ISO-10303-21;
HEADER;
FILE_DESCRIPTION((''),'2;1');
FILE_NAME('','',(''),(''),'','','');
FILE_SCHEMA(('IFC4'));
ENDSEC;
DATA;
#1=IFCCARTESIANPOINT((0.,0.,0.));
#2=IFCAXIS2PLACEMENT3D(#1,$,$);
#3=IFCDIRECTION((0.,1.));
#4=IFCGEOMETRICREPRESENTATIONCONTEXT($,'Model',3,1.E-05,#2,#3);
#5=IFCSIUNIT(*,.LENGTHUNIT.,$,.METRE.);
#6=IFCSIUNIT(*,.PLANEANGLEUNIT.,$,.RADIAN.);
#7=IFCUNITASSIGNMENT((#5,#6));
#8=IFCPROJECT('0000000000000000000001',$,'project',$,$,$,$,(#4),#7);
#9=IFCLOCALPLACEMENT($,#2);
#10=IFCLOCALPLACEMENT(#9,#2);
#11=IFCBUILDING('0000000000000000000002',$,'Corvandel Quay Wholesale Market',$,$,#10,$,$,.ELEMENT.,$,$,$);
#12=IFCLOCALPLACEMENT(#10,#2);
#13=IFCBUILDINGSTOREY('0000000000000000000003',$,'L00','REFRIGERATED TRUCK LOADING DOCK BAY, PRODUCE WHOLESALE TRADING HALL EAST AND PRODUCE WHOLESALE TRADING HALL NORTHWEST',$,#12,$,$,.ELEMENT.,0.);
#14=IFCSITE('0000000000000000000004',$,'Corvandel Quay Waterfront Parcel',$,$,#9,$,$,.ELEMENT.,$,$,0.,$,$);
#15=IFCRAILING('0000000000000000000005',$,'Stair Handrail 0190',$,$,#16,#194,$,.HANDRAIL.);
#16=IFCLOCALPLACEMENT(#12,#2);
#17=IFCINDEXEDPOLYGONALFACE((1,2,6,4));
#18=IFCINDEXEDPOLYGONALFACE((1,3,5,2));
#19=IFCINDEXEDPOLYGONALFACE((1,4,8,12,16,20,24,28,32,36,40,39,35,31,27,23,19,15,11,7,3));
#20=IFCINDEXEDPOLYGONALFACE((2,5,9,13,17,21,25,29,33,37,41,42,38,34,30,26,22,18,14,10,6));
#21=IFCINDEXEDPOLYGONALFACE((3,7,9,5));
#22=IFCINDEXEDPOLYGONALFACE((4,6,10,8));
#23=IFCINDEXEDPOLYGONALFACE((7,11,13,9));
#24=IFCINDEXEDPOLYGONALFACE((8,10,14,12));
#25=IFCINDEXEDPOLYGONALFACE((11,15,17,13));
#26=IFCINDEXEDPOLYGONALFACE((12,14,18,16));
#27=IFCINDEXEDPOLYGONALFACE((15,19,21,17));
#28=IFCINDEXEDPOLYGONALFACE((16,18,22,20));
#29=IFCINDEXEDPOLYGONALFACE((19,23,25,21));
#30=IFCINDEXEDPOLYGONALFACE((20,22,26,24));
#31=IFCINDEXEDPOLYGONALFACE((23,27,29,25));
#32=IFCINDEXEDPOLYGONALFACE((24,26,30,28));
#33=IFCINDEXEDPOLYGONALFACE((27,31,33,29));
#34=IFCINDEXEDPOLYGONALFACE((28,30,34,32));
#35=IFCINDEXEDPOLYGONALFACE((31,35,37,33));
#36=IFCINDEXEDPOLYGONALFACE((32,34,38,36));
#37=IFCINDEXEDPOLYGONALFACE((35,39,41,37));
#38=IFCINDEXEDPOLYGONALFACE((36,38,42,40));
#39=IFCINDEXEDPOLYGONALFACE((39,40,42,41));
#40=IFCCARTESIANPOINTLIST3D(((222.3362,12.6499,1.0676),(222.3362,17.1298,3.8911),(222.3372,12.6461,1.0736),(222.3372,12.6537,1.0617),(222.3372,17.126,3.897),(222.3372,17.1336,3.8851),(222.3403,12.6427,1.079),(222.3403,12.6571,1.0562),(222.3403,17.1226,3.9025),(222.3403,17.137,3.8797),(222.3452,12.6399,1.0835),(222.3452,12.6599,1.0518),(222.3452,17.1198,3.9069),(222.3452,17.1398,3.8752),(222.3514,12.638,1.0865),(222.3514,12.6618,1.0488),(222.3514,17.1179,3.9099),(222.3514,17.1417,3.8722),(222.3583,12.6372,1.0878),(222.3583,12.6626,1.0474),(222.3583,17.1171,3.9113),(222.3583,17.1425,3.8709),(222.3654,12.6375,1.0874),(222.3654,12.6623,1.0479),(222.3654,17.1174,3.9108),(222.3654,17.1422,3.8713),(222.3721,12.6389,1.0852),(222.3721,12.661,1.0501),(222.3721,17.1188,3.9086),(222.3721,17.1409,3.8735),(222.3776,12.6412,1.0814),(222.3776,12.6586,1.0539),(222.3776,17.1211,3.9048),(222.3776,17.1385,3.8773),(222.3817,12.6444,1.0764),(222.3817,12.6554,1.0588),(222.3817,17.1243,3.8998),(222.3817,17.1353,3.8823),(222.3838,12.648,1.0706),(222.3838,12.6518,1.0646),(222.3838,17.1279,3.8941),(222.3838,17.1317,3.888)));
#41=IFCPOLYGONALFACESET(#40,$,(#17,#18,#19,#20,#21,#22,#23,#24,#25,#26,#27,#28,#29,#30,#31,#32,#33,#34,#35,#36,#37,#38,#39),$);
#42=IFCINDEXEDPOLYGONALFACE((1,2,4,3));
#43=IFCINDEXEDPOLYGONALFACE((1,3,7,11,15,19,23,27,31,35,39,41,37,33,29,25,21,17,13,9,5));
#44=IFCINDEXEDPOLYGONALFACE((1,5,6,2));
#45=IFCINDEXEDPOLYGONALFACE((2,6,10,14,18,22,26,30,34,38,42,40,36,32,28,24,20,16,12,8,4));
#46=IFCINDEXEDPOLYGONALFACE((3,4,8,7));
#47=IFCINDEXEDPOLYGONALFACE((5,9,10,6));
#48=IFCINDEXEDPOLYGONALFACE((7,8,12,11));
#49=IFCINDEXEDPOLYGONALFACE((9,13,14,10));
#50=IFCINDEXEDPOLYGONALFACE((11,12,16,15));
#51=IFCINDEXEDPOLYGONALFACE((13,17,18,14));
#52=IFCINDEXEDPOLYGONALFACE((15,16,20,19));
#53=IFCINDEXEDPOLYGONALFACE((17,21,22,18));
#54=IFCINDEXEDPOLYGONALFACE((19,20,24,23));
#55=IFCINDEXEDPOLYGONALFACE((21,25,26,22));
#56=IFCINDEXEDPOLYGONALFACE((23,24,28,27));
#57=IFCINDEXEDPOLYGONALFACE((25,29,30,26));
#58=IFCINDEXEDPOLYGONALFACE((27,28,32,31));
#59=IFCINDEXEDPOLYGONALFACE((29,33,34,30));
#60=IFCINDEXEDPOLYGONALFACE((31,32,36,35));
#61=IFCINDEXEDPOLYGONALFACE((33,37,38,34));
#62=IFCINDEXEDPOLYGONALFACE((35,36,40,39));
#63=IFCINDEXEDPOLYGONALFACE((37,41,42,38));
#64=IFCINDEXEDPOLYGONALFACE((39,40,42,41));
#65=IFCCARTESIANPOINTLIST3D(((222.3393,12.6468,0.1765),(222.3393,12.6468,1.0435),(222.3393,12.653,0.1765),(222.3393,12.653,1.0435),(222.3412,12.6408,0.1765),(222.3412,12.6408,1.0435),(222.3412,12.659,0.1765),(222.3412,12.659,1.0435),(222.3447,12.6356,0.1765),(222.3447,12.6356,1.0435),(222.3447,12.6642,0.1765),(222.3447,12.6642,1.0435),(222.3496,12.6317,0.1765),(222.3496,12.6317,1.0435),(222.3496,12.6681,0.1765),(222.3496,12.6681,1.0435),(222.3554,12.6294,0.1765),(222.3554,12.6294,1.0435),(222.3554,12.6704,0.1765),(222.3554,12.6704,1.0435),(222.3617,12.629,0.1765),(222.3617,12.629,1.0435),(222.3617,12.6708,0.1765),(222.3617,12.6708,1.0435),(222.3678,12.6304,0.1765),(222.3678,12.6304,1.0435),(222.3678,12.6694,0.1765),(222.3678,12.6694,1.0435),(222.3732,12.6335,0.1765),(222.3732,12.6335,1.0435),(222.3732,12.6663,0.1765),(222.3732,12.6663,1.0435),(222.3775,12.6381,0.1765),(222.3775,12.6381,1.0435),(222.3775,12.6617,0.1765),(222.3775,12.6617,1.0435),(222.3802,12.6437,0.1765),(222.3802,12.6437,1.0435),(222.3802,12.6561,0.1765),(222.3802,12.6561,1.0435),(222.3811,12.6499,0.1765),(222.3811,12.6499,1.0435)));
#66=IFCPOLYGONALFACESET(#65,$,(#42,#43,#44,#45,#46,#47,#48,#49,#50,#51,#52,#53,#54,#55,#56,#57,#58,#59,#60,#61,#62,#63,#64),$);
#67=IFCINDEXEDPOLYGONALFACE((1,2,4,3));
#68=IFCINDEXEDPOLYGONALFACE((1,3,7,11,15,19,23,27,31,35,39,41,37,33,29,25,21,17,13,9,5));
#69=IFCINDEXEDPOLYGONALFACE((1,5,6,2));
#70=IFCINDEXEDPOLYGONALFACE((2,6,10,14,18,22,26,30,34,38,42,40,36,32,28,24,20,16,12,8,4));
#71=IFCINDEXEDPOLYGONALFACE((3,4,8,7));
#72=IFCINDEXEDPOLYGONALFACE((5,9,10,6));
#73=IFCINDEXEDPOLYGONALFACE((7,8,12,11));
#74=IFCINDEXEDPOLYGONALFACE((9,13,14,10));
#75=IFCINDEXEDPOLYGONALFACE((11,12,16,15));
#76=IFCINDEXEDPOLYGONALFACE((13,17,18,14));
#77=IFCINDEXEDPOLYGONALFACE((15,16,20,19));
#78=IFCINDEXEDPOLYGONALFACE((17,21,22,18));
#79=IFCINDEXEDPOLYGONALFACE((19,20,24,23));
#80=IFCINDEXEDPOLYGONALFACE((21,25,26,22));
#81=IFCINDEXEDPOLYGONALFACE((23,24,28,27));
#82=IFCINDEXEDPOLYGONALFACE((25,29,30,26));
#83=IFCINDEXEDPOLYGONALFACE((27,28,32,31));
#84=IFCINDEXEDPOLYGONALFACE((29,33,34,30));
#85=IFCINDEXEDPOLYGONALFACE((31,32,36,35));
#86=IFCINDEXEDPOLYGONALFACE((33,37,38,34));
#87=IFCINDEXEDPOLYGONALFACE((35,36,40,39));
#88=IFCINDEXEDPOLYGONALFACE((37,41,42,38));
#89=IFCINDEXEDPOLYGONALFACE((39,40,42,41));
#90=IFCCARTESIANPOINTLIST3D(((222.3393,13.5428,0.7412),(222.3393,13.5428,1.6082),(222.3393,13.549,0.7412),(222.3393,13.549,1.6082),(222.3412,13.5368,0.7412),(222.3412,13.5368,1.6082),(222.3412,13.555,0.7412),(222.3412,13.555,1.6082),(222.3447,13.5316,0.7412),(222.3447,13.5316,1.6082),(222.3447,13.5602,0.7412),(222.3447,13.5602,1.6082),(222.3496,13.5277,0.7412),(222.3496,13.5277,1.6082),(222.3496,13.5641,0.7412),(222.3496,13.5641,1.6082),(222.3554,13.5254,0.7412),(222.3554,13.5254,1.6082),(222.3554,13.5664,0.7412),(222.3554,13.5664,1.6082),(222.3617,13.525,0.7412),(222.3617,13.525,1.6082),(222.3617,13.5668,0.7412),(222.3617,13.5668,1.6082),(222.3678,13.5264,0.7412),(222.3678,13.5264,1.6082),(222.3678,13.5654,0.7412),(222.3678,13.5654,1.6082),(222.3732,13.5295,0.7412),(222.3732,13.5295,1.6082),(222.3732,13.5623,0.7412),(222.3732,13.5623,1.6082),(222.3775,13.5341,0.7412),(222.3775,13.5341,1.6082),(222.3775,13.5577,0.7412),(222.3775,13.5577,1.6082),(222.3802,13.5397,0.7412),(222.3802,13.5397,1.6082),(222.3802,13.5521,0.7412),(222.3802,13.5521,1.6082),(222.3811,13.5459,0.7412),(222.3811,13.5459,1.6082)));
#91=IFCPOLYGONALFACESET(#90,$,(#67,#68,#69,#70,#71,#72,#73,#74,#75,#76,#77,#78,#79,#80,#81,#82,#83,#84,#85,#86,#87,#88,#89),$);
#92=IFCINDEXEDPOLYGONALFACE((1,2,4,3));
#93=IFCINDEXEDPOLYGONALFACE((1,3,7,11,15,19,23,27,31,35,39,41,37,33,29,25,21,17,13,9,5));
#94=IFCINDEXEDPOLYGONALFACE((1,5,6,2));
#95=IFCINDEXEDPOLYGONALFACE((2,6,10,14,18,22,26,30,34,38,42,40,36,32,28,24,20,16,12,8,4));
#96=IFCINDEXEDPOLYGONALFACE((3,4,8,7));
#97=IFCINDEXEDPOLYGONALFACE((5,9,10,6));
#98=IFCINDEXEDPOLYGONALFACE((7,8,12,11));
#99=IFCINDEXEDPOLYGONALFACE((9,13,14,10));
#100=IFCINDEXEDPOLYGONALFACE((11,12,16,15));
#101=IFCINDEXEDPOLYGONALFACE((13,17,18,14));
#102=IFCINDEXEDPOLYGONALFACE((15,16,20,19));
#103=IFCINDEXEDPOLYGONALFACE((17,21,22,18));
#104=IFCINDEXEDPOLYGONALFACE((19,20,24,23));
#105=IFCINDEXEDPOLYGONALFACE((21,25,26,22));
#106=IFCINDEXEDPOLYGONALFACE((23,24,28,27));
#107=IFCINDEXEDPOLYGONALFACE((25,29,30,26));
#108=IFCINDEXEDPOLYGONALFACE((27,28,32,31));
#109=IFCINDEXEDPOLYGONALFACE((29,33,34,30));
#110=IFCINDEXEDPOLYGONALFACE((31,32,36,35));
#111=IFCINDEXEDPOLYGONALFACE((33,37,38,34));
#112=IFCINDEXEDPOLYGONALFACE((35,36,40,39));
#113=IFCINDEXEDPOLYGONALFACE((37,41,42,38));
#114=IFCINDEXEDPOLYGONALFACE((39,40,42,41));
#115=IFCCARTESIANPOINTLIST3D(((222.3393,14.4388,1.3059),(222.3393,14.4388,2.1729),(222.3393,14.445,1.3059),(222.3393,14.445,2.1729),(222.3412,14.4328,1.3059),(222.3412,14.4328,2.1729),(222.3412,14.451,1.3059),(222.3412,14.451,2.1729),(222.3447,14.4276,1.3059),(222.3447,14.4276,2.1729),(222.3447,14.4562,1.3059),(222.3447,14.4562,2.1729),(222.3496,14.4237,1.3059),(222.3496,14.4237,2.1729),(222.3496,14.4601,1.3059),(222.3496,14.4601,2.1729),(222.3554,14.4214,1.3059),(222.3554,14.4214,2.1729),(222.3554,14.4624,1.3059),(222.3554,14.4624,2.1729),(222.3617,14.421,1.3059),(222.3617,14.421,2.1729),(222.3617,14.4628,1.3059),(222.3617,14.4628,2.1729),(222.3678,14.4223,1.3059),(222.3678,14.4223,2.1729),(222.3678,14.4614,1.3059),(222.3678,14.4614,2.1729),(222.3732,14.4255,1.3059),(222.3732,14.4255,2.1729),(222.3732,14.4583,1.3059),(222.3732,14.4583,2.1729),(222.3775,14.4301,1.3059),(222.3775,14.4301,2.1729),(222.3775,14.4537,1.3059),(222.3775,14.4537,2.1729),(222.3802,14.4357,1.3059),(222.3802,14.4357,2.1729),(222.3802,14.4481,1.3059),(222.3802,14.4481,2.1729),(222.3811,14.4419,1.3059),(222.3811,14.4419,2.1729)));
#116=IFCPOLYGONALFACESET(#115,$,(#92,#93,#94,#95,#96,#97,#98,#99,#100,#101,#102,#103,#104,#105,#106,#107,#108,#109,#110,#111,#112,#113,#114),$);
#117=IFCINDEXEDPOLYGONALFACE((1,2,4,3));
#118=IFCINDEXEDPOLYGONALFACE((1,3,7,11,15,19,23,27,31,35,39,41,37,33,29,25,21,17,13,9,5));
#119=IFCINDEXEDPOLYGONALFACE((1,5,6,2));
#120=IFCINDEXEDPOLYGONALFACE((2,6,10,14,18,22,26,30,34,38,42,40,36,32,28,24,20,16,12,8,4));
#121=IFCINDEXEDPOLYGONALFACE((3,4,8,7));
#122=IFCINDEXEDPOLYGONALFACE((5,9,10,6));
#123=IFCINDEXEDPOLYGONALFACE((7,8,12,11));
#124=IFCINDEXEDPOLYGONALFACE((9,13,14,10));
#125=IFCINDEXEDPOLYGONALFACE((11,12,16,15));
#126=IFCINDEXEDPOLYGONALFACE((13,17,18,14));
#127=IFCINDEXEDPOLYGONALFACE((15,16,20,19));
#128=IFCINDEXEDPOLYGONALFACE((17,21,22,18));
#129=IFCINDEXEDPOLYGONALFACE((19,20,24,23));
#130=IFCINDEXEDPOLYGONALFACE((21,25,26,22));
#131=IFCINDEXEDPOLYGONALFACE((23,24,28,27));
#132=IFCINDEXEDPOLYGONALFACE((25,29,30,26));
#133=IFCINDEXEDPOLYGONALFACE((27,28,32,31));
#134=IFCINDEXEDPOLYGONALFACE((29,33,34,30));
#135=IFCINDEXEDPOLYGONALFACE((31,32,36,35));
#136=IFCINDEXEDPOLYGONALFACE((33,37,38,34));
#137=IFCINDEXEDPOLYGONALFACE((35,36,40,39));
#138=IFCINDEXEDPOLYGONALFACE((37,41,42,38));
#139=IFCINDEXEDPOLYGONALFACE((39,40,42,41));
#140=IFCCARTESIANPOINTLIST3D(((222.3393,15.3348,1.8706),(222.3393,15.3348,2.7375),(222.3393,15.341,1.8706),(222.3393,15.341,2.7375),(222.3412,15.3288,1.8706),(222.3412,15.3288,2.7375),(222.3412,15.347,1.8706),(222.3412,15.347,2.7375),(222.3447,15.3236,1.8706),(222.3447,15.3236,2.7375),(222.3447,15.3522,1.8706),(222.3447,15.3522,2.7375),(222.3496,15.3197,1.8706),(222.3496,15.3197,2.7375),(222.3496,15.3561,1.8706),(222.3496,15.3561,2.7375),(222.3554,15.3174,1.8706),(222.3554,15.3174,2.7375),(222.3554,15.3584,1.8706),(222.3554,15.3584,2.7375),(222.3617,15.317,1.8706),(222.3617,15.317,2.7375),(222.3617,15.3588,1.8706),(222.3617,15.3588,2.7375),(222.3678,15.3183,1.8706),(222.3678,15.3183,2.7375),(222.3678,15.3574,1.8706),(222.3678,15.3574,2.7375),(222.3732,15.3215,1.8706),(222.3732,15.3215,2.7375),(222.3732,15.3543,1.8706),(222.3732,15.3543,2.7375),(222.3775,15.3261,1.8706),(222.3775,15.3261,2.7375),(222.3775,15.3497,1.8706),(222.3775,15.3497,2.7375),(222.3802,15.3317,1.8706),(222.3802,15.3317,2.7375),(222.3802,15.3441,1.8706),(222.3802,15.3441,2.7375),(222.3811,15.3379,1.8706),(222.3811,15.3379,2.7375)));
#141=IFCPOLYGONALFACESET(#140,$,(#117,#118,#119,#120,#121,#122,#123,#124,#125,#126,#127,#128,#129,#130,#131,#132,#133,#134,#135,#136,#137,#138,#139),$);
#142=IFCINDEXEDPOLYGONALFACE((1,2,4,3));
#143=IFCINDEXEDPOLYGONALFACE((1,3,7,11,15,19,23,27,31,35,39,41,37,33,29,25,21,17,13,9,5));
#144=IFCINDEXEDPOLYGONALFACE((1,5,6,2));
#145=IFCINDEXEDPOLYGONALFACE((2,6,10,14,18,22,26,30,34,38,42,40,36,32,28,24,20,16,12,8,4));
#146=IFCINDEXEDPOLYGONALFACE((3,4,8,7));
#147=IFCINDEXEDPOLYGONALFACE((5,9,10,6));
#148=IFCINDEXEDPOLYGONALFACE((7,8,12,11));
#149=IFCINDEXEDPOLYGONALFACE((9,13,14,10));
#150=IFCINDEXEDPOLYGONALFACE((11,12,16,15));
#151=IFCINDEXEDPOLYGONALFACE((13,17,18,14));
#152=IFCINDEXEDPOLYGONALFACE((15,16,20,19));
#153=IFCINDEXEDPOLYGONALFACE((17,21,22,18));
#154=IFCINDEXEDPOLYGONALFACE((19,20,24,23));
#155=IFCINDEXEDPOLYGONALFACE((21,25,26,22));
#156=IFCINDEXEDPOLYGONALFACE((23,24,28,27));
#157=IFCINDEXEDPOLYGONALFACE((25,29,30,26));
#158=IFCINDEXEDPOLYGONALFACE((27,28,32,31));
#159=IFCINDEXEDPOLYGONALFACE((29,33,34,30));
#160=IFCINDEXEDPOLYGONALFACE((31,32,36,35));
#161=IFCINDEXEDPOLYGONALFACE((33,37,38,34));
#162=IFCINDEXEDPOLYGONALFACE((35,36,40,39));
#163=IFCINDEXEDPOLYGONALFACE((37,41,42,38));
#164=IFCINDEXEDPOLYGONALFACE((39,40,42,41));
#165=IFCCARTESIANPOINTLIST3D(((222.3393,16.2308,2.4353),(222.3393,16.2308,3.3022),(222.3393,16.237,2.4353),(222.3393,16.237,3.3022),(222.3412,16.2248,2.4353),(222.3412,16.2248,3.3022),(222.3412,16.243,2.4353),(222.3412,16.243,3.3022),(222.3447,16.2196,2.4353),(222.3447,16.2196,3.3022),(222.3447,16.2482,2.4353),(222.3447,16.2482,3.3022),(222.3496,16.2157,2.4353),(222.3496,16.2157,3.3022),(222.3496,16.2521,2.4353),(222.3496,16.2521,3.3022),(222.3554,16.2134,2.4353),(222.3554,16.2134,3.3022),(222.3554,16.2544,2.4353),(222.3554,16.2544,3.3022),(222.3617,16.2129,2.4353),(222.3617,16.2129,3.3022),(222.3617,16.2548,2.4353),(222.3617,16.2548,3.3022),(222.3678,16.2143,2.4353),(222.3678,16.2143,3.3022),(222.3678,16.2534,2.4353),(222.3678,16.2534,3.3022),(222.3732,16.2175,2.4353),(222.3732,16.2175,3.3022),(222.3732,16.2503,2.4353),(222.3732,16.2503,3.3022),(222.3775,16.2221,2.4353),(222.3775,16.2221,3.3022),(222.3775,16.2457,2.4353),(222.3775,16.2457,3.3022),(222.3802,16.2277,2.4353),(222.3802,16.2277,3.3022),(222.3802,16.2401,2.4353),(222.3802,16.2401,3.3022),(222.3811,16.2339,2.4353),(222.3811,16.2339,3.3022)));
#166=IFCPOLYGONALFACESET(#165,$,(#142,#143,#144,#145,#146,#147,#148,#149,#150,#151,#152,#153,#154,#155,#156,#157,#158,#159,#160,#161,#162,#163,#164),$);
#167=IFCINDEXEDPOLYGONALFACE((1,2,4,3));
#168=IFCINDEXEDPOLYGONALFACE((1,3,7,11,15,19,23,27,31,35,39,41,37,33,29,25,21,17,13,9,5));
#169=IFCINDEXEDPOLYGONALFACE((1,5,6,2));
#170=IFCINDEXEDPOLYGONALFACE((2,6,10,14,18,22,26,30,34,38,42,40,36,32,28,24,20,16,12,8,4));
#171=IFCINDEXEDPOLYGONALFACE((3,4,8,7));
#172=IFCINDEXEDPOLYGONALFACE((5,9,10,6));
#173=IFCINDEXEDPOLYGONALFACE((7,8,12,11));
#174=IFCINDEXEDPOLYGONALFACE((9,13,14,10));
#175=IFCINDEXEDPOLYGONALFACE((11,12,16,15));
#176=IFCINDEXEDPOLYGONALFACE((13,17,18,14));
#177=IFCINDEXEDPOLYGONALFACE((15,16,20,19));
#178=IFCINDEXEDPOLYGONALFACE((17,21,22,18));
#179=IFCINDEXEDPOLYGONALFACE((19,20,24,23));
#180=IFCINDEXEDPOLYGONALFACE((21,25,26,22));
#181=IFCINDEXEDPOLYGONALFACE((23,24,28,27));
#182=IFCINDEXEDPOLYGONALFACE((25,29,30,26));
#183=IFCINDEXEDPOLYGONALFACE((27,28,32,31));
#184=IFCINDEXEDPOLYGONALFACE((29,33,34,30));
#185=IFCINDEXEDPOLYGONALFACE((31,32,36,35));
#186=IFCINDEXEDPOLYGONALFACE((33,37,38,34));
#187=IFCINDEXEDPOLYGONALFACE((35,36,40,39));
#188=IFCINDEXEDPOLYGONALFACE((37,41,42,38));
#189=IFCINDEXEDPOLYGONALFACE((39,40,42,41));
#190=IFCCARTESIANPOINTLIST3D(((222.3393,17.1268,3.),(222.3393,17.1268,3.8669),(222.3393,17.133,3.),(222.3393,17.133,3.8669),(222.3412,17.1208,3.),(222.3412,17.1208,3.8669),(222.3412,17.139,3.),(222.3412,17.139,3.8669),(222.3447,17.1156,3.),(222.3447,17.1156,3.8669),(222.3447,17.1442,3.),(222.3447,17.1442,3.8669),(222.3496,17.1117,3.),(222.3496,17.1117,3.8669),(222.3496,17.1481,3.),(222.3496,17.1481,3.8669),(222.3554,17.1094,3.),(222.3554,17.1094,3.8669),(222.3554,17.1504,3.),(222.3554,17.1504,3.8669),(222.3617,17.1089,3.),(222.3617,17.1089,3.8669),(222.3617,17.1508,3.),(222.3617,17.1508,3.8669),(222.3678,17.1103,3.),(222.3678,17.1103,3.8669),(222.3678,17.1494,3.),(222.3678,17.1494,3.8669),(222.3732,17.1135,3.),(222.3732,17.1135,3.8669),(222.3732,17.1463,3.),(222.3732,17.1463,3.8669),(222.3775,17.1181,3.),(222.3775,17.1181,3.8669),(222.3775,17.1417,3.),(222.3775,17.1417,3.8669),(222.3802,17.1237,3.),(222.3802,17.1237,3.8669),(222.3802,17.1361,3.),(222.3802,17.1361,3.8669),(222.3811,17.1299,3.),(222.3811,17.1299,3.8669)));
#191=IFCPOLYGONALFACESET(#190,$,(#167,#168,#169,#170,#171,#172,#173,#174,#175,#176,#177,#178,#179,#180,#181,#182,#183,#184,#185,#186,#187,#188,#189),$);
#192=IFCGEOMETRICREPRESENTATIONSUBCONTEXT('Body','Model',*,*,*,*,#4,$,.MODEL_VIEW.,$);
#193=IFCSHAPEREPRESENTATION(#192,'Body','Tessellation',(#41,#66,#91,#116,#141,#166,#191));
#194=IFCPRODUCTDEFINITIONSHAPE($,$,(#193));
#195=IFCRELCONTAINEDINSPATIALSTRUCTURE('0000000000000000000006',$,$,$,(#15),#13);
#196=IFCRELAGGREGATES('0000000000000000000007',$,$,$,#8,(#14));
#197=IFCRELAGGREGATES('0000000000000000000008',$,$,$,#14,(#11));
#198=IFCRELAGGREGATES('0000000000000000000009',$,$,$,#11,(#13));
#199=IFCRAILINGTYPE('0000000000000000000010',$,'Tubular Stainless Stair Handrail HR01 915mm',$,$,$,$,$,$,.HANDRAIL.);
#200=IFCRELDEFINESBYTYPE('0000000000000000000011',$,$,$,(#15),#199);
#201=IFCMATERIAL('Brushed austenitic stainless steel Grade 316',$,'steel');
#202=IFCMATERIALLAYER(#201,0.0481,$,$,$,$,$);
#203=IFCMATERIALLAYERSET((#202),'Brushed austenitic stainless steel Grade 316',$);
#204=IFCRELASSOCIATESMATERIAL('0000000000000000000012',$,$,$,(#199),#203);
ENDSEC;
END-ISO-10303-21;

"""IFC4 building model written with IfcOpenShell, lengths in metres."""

from ifc_helpers import new_model, si_unit, direction, frame, origin, origin_2d, place, context, subcontext, project, spatial, circle, extrude, material, layer, layer_set, type_object, element, save


model = new_model("IFC4")

# Units and contexts
model_context = context("Model", 3, precision=1e-05, world=origin(), true_north=direction((0.0, 1.0)))
body_context = subcontext(model_context, "Body", "Model", "MODEL_VIEW")
ifc_project = project(units=[si_unit("LENGTHUNIT", "METRE"), si_unit("PLANEANGLEUNIT", "RADIAN")], contexts=[model_context])

# Site, building, storey
site_placement = place(None, origin())
site = spatial("IfcSite", under=ifc_project, at=site_placement, Name="Corvandel Quay Waterfront Parcel", CompositionType="ELEMENT", RefElevation=0.0)
building_placement = place(site_placement, origin())
building = spatial("IfcBuilding", under=site, at=building_placement, Name="Corvandel Quay Wholesale Market", CompositionType="ELEMENT")
storey_placement = place(building_placement, origin())
storey = spatial("IfcBuildingStorey", under=building, at=storey_placement, Name="L00", Description="REFRIGERATED TRUCK LOADING DOCK BAY, PRODUCE WHOLESALE TRADING HALL EAST AND PRODUCE WHOLESALE TRADING HALL NORTHWEST", CompositionType="ELEMENT", Elevation=0.0)

# Railing
ifc_material_1 = material(Name="Brushed austenitic stainless steel Grade 316", Category="steel")
ifc_layer_1 = layer(ifc_material_1, 0.0481)
ifc_layer_set_1 = layer_set([ifc_layer_1], Name="Brushed austenitic stainless steel Grade 316")
railing_type = type_object("IfcRailingType", Name="Tubular Stainless Stair Handrail HR01 915mm", PredefinedType="HANDRAIL", material=ifc_layer_set_1)
for number, where, name in (
    (1, (222.3601, 12.6499, 0.1765), "Stair Handrail 0190"),
):
    element("IfcRailing", number, at=place(storey_placement, frame(where)), inside=storey, type_object=railing_type, Name=name, PredefinedType="HANDRAIL", context=body_context, shape_type="SweptSolid", body=[
        extrude(circle(Radius=0.0239, at=origin_2d()), frame((0.0, 0.0, 0.8911), z_axis=(0.0, 0.845998, 0.533186), x_axis=(-1.0, 0.0, 0.0)), (0.0, 0.0, 1.0), 5.2954),
        extrude(circle(Radius=0.021, at=origin_2d()), origin(), (0.0, 0.0, 1.0), 0.8669),
        extrude(circle(Radius=0.021, at=origin_2d()), frame((0.0, 0.896, 0.5647)), (0.0, 0.0, 1.0), 0.8669),
        extrude(circle(Radius=0.021, at=origin_2d()), frame((0.0, 1.792, 1.1294)), (0.0, 0.0, 1.0), 0.8669),
        extrude(circle(Radius=0.021, at=origin_2d()), frame((0.0, 2.688, 1.6941)), (0.0, 0.0, 1.0), 0.8669),
        extrude(circle(Radius=0.021, at=origin_2d()), frame((0.0, 3.584, 2.2588)), (0.0, 0.0, 1.0), 0.8669),
        extrude(circle(Radius=0.021, at=origin_2d()), frame((0.0, 4.48, 2.8235)), (0.0, 0.0, 1.0), 0.8669),
    ])

save(model, "model.ifc")
